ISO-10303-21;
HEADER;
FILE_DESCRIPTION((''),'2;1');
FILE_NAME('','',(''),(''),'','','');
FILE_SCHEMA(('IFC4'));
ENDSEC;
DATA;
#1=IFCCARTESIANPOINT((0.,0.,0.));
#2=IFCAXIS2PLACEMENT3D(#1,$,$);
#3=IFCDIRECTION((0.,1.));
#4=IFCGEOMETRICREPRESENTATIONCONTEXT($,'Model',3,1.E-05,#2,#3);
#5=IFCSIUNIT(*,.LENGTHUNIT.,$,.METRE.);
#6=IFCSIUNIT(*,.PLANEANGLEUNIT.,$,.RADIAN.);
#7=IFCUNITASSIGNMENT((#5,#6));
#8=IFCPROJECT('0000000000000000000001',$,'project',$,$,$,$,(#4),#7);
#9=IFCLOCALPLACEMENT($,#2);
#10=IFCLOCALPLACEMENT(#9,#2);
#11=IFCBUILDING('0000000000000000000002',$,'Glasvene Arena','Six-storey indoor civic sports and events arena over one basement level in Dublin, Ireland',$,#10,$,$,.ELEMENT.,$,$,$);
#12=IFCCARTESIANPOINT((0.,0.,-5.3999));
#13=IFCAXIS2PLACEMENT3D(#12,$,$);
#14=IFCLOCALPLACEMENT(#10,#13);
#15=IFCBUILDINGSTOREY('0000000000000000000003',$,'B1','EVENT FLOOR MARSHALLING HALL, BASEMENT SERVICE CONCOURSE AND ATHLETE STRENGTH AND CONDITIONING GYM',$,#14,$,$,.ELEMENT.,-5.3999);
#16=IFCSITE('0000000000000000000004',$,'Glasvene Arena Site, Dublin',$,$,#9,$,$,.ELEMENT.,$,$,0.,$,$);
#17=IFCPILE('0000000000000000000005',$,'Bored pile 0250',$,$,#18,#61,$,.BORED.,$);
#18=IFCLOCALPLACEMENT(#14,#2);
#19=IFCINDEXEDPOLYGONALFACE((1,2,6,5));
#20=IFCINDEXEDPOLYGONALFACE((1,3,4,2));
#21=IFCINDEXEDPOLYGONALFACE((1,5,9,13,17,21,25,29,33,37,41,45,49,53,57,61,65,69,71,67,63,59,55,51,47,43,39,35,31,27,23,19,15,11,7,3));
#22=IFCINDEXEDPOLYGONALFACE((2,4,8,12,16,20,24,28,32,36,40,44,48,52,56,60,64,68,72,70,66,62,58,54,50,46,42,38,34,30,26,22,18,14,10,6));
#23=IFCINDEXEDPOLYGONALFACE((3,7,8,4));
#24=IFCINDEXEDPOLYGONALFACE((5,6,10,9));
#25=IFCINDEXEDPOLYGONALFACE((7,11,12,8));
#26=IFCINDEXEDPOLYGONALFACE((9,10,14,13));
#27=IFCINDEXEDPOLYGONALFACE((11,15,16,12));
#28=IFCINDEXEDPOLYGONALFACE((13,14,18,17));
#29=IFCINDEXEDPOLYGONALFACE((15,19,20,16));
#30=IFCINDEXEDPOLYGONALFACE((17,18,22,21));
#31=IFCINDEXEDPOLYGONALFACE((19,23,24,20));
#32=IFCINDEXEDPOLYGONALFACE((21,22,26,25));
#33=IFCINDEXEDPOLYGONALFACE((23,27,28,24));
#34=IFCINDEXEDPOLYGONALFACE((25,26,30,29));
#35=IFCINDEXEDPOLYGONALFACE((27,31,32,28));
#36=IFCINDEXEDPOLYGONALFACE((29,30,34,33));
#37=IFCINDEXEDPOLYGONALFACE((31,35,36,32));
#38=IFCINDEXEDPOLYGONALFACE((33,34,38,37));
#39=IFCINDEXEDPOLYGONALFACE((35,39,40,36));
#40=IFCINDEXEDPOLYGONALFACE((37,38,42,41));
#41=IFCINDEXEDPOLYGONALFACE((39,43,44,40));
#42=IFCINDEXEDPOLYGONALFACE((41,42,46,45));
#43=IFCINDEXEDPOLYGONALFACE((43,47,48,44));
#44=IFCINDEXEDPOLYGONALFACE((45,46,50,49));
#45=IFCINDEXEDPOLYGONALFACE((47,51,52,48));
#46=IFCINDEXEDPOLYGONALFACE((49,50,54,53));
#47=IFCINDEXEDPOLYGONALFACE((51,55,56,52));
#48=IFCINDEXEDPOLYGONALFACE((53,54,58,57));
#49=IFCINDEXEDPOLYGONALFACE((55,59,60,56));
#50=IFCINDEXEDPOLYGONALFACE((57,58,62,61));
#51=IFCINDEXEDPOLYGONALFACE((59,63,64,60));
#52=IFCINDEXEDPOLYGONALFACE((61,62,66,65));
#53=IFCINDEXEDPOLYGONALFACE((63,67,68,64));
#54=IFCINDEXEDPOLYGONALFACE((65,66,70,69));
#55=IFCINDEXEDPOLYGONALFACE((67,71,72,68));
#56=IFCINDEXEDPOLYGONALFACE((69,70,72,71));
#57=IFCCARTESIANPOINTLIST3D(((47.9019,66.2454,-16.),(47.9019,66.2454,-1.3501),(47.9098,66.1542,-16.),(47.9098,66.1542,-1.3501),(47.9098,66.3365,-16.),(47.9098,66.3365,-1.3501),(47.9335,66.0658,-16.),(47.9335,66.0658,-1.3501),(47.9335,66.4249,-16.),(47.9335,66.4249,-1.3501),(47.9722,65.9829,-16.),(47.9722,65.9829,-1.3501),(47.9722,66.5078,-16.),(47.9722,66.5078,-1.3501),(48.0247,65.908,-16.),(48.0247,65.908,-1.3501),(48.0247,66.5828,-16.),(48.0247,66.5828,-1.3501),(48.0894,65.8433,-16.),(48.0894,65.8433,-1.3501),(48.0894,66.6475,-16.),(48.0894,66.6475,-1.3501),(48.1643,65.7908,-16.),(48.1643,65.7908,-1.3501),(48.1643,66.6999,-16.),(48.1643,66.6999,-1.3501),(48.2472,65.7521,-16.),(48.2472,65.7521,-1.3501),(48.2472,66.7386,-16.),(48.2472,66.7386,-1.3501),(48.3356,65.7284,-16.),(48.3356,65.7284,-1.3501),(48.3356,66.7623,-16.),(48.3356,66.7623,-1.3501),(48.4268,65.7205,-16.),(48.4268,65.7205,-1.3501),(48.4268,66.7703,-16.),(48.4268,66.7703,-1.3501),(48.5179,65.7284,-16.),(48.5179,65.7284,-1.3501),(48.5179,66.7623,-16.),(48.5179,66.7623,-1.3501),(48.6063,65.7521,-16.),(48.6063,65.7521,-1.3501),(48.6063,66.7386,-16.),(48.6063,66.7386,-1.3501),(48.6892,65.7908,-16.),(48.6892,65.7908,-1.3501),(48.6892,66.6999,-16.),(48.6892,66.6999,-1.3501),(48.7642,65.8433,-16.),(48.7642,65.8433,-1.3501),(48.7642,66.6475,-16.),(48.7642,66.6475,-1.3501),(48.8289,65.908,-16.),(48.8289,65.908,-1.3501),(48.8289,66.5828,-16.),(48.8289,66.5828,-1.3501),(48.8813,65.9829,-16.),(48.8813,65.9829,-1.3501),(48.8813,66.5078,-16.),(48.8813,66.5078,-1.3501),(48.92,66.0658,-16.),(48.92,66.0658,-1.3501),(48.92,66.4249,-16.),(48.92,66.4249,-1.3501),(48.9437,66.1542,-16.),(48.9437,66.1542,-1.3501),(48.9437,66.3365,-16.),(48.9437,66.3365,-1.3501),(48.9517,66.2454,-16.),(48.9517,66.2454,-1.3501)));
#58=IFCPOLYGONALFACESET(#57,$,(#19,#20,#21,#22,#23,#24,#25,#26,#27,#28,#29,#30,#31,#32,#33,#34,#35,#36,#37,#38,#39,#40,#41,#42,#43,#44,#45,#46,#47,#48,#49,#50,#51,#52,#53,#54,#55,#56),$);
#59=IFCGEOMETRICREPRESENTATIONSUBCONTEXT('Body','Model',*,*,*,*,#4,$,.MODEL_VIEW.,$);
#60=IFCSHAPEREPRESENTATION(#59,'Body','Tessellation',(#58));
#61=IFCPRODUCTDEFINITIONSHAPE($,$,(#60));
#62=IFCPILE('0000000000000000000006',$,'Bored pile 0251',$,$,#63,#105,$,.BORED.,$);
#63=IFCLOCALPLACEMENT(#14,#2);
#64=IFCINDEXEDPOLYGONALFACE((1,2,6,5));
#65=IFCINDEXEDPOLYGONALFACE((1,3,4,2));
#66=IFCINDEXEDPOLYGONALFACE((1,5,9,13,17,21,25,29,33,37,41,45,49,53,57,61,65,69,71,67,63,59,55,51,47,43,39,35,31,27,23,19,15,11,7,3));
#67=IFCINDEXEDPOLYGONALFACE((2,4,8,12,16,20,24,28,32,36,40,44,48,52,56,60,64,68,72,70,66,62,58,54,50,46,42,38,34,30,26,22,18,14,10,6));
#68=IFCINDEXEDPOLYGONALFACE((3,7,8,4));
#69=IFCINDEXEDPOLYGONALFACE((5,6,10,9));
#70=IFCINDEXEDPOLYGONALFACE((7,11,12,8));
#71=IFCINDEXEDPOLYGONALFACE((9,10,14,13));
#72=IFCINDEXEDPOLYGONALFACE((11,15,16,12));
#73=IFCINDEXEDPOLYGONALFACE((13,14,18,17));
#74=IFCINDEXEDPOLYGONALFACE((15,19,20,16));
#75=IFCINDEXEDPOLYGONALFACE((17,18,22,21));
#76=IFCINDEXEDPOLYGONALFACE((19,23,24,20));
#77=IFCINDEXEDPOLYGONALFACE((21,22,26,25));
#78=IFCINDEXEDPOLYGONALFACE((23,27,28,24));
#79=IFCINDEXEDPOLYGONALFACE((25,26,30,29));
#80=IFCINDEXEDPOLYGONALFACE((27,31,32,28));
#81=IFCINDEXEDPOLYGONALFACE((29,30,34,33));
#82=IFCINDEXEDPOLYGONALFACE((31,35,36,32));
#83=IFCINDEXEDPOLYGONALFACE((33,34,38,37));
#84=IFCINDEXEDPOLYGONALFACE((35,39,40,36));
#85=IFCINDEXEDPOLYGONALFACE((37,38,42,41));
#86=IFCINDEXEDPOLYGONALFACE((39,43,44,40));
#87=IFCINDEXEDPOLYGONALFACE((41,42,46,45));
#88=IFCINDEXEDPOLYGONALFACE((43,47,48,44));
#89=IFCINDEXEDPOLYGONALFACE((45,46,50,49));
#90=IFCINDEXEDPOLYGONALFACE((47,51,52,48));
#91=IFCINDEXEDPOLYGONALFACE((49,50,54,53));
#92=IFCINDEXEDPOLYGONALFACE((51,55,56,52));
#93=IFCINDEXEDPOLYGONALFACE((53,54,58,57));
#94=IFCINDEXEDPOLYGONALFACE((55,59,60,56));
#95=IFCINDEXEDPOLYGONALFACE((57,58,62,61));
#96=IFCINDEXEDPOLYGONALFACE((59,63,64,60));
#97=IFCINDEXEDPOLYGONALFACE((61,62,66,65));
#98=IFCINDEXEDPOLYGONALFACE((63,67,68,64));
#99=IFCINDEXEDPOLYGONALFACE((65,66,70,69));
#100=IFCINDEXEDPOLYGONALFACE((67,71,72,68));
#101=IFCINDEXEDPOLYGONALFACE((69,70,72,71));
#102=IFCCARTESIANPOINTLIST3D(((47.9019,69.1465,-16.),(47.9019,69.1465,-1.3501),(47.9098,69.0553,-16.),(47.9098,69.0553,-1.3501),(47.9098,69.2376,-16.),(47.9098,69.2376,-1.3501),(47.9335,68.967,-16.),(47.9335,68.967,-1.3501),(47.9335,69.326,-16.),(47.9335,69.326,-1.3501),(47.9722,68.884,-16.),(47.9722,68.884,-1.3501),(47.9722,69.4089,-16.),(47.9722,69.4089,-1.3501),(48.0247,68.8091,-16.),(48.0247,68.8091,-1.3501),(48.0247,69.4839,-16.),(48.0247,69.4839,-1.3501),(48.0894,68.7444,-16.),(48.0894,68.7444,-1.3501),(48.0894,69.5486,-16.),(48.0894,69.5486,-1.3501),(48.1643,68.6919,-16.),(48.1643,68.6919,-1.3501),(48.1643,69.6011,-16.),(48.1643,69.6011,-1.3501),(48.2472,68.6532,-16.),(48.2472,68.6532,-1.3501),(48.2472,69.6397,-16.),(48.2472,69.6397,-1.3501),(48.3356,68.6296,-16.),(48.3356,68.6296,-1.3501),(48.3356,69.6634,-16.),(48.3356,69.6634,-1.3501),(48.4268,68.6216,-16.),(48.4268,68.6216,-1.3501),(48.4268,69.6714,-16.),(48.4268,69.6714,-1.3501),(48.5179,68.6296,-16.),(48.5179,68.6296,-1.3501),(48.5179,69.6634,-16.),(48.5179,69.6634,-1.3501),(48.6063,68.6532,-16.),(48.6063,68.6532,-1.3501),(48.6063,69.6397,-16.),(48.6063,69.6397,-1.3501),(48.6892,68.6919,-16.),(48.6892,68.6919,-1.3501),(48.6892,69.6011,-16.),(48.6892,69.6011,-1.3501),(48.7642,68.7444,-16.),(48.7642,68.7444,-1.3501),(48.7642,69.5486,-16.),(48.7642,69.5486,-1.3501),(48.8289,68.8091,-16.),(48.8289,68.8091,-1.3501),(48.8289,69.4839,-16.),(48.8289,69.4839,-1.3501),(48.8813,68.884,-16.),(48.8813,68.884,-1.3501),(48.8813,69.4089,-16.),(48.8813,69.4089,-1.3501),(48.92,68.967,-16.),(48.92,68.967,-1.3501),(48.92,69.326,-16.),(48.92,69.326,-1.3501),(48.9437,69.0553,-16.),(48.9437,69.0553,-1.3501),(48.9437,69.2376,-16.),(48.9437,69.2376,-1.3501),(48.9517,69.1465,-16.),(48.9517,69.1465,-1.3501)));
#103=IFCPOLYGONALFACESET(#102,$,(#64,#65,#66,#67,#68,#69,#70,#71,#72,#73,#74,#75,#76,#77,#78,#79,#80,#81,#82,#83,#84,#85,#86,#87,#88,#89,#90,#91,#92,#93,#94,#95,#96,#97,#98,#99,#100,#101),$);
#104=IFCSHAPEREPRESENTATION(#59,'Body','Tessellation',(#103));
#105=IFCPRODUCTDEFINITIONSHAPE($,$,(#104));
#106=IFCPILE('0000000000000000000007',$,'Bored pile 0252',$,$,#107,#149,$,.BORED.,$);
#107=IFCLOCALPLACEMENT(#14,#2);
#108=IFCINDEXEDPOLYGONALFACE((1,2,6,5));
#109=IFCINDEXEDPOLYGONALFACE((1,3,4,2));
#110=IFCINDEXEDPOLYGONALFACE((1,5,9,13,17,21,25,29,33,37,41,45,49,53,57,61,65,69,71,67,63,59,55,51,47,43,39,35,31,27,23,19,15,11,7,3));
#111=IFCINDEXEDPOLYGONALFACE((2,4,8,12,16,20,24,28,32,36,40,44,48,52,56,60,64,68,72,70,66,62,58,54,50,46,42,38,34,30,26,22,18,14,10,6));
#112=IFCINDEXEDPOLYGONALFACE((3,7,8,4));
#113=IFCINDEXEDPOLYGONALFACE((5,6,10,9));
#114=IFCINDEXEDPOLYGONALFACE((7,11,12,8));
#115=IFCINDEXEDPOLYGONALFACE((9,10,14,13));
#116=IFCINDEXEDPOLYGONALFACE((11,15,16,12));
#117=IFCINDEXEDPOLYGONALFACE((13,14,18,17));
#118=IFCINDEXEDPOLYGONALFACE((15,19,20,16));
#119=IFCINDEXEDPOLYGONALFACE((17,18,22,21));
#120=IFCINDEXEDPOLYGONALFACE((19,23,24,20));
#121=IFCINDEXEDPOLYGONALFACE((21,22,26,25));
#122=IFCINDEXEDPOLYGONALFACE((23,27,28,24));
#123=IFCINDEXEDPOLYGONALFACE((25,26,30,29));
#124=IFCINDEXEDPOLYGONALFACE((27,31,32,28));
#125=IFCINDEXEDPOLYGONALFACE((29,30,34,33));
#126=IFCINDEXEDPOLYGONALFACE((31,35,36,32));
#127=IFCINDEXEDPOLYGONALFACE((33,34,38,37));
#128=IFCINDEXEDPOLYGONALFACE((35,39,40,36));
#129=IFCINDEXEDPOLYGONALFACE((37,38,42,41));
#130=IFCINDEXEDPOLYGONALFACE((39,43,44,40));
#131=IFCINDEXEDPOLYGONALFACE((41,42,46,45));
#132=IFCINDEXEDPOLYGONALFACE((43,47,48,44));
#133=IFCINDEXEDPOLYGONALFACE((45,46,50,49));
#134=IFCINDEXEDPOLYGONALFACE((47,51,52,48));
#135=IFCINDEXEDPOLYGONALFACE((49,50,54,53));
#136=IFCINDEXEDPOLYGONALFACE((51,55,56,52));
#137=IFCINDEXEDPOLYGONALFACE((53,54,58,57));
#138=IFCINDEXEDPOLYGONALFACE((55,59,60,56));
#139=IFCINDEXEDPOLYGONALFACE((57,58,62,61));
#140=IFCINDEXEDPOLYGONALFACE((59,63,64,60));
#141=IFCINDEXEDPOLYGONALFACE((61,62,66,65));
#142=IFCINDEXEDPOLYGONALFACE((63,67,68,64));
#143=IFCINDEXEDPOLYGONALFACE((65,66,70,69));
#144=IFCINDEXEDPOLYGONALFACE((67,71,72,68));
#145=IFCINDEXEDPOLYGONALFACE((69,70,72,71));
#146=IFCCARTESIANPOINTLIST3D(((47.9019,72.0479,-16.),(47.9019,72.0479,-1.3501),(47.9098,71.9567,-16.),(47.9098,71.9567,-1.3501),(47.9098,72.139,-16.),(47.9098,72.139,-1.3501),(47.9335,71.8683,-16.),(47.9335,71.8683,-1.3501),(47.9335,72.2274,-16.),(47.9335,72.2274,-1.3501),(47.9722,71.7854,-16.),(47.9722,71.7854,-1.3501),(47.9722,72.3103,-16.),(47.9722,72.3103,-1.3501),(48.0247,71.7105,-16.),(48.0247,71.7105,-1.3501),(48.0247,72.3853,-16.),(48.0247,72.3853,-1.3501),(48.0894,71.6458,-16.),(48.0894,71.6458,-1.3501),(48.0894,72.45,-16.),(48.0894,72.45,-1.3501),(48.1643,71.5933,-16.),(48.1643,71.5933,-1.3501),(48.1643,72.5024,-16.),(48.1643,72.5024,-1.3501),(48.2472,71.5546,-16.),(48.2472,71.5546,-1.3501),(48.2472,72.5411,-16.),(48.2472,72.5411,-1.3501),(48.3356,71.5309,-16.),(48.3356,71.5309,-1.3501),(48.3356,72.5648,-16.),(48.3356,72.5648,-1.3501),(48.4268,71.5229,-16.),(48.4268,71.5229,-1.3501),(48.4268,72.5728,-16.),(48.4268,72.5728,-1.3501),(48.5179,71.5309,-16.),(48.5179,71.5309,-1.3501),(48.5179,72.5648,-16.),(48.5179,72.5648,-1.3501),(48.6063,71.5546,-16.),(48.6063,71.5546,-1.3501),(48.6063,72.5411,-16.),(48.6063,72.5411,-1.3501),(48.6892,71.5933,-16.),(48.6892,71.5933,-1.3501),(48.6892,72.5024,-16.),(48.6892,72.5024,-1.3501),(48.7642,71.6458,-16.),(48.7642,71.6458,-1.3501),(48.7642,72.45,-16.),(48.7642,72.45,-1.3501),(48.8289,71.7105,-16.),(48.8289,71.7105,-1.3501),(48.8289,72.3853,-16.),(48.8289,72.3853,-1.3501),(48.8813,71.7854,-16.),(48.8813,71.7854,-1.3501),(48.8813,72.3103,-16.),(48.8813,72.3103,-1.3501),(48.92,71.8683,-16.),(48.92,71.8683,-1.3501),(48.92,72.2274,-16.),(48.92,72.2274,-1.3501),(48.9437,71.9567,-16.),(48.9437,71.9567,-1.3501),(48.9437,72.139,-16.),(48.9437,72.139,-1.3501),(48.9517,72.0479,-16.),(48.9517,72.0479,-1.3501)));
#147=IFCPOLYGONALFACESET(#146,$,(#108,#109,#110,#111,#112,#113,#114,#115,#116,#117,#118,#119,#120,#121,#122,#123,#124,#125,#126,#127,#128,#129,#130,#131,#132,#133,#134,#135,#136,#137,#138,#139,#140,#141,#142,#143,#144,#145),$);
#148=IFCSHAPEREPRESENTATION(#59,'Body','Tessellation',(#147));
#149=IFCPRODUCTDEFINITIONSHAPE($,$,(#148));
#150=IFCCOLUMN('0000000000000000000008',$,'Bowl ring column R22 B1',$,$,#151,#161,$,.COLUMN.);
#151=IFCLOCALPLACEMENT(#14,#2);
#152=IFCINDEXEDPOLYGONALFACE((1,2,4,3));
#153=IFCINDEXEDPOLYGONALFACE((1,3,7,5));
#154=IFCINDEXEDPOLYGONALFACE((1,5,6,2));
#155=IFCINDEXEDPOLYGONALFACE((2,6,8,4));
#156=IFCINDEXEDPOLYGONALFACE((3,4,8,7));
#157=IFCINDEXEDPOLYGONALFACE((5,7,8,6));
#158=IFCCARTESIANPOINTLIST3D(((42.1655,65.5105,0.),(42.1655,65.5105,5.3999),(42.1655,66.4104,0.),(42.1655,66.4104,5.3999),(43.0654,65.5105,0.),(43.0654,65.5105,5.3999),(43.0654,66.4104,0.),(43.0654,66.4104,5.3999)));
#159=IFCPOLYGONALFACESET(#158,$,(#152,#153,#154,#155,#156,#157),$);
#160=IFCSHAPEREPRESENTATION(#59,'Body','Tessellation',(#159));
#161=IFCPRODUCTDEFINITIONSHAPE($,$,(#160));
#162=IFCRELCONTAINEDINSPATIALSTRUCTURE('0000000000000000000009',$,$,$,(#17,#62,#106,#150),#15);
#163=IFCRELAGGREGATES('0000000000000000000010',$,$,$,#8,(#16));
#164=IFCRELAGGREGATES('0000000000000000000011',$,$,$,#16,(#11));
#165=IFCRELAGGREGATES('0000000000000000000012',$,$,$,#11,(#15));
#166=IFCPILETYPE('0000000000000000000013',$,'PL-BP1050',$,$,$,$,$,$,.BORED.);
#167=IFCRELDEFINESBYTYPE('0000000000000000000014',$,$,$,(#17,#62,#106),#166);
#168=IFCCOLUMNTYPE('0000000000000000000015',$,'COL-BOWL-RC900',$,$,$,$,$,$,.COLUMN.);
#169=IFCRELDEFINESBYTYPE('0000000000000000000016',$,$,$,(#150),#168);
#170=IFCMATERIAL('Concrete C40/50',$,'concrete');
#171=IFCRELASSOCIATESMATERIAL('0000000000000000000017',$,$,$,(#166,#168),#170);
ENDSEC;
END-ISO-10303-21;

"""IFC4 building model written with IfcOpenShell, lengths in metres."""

from ifc_helpers import new_model, si_unit, direction, frame, origin, origin_2d, place, context, subcontext, project, spatial, rectangle, circle, extrude, material, material_profile, profile_set, type_object, element, save


model = new_model("IFC4")

# Units and contexts
model_context = context("Model", 3, precision=1e-05, world=origin(), true_north=direction((0.0, 1.0)))
body_context = subcontext(model_context, "Body", "Model", "MODEL_VIEW")
ifc_project = project(units=[si_unit("LENGTHUNIT", "METRE"), si_unit("PLANEANGLEUNIT", "RADIAN")], contexts=[model_context])

# Site, building, storey
site_placement = place(None, origin())
site = spatial("IfcSite", under=ifc_project, at=site_placement, Name="Glasvene Arena Site, Dublin", CompositionType="ELEMENT", RefElevation=0.0)
building_placement = place(site_placement, origin())
building = spatial("IfcBuilding", under=site, at=building_placement, Name="Glasvene Arena", Description="Six-storey indoor civic sports and events arena over one basement level in Dublin, Ireland", CompositionType="ELEMENT")
storey_placement = place(building_placement, frame((0.0, 0.0, -5.3999)))
storey = spatial("IfcBuildingStorey", under=building, at=storey_placement, Name="B1", Description="EVENT FLOOR MARSHALLING HALL, BASEMENT SERVICE CONCOURSE AND ATHLETE STRENGTH AND CONDITIONING GYM", CompositionType="ELEMENT", Elevation=-5.3999)

# Piles
ifc_material_1 = material(Name="Concrete C40/50", Category="concrete")
ifc_material_profile_1 = material_profile(ifc_material_1, circle(Radius=0.5249, at=origin_2d()), Name="BORED PILE 1050")
ifc_profile_set_1 = profile_set([ifc_material_profile_1], Name="Concrete C40/50")
pile_type = type_object("IfcPileType", Name="PL-BP1050", PredefinedType="BORED", material=ifc_profile_set_1)
for number, where, z_axis, x_axis, name in (
    (1, (48.4268, 66.2454, -1.3501), (0.0, 0.0, -1.0), (1.0, 0.0, 0.0), "Bored pile 0250"),
    (2, (48.4268, 69.1465, -1.3501), (0.0, 0.0, -1.0), (1.0, 0.0, 0.0), "Bored pile 0251"),
    (3, (48.4268, 72.0479, -1.3501), (0.0, 0.0, -1.0), (1.0, 0.0, 0.0), "Bored pile 0252"),
):
    element("IfcPile", number, at=place(storey_placement, frame(where, z_axis=z_axis, x_axis=x_axis)), inside=storey, type_object=pile_type, Name=name, PredefinedType="BORED", context=body_context, shape_type="SweptSolid", body=[
        extrude(circle(Radius=0.5249, at=origin_2d()), origin(), (0.0, 0.0, 1.0), 14.6499),
    ])

# Column
ifc_material_profile_2 = material_profile(ifc_material_1, rectangle(XDim=0.8999, YDim=0.8999, at=origin_2d()), Name="RC 900x900")
ifc_profile_set_2 = profile_set([ifc_material_profile_2], Name="Concrete C40/50")
column_type_1 = type_object("IfcColumnType", Name="COL-BOWL-RC900", PredefinedType="COLUMN", material=ifc_profile_set_2)
column_1_placement = place(storey_placement, frame((42.6155, 65.9604, 0.0), z_axis=(0.0, 0.0, 1.0), x_axis=(1.0, 0.0, 0.0)))
element("IfcColumn", 4, at=column_1_placement, inside=storey, type_object=column_type_1, Name="Bowl ring column R22 B1", PredefinedType="COLUMN", context=body_context, shape_type="SweptSolid", body=[
    extrude(rectangle(XDim=0.8999, YDim=0.8999, at=origin_2d()), origin(), (0.0, 0.0, 1.0), 5.3999),
])

save(model, "model.ifc")
